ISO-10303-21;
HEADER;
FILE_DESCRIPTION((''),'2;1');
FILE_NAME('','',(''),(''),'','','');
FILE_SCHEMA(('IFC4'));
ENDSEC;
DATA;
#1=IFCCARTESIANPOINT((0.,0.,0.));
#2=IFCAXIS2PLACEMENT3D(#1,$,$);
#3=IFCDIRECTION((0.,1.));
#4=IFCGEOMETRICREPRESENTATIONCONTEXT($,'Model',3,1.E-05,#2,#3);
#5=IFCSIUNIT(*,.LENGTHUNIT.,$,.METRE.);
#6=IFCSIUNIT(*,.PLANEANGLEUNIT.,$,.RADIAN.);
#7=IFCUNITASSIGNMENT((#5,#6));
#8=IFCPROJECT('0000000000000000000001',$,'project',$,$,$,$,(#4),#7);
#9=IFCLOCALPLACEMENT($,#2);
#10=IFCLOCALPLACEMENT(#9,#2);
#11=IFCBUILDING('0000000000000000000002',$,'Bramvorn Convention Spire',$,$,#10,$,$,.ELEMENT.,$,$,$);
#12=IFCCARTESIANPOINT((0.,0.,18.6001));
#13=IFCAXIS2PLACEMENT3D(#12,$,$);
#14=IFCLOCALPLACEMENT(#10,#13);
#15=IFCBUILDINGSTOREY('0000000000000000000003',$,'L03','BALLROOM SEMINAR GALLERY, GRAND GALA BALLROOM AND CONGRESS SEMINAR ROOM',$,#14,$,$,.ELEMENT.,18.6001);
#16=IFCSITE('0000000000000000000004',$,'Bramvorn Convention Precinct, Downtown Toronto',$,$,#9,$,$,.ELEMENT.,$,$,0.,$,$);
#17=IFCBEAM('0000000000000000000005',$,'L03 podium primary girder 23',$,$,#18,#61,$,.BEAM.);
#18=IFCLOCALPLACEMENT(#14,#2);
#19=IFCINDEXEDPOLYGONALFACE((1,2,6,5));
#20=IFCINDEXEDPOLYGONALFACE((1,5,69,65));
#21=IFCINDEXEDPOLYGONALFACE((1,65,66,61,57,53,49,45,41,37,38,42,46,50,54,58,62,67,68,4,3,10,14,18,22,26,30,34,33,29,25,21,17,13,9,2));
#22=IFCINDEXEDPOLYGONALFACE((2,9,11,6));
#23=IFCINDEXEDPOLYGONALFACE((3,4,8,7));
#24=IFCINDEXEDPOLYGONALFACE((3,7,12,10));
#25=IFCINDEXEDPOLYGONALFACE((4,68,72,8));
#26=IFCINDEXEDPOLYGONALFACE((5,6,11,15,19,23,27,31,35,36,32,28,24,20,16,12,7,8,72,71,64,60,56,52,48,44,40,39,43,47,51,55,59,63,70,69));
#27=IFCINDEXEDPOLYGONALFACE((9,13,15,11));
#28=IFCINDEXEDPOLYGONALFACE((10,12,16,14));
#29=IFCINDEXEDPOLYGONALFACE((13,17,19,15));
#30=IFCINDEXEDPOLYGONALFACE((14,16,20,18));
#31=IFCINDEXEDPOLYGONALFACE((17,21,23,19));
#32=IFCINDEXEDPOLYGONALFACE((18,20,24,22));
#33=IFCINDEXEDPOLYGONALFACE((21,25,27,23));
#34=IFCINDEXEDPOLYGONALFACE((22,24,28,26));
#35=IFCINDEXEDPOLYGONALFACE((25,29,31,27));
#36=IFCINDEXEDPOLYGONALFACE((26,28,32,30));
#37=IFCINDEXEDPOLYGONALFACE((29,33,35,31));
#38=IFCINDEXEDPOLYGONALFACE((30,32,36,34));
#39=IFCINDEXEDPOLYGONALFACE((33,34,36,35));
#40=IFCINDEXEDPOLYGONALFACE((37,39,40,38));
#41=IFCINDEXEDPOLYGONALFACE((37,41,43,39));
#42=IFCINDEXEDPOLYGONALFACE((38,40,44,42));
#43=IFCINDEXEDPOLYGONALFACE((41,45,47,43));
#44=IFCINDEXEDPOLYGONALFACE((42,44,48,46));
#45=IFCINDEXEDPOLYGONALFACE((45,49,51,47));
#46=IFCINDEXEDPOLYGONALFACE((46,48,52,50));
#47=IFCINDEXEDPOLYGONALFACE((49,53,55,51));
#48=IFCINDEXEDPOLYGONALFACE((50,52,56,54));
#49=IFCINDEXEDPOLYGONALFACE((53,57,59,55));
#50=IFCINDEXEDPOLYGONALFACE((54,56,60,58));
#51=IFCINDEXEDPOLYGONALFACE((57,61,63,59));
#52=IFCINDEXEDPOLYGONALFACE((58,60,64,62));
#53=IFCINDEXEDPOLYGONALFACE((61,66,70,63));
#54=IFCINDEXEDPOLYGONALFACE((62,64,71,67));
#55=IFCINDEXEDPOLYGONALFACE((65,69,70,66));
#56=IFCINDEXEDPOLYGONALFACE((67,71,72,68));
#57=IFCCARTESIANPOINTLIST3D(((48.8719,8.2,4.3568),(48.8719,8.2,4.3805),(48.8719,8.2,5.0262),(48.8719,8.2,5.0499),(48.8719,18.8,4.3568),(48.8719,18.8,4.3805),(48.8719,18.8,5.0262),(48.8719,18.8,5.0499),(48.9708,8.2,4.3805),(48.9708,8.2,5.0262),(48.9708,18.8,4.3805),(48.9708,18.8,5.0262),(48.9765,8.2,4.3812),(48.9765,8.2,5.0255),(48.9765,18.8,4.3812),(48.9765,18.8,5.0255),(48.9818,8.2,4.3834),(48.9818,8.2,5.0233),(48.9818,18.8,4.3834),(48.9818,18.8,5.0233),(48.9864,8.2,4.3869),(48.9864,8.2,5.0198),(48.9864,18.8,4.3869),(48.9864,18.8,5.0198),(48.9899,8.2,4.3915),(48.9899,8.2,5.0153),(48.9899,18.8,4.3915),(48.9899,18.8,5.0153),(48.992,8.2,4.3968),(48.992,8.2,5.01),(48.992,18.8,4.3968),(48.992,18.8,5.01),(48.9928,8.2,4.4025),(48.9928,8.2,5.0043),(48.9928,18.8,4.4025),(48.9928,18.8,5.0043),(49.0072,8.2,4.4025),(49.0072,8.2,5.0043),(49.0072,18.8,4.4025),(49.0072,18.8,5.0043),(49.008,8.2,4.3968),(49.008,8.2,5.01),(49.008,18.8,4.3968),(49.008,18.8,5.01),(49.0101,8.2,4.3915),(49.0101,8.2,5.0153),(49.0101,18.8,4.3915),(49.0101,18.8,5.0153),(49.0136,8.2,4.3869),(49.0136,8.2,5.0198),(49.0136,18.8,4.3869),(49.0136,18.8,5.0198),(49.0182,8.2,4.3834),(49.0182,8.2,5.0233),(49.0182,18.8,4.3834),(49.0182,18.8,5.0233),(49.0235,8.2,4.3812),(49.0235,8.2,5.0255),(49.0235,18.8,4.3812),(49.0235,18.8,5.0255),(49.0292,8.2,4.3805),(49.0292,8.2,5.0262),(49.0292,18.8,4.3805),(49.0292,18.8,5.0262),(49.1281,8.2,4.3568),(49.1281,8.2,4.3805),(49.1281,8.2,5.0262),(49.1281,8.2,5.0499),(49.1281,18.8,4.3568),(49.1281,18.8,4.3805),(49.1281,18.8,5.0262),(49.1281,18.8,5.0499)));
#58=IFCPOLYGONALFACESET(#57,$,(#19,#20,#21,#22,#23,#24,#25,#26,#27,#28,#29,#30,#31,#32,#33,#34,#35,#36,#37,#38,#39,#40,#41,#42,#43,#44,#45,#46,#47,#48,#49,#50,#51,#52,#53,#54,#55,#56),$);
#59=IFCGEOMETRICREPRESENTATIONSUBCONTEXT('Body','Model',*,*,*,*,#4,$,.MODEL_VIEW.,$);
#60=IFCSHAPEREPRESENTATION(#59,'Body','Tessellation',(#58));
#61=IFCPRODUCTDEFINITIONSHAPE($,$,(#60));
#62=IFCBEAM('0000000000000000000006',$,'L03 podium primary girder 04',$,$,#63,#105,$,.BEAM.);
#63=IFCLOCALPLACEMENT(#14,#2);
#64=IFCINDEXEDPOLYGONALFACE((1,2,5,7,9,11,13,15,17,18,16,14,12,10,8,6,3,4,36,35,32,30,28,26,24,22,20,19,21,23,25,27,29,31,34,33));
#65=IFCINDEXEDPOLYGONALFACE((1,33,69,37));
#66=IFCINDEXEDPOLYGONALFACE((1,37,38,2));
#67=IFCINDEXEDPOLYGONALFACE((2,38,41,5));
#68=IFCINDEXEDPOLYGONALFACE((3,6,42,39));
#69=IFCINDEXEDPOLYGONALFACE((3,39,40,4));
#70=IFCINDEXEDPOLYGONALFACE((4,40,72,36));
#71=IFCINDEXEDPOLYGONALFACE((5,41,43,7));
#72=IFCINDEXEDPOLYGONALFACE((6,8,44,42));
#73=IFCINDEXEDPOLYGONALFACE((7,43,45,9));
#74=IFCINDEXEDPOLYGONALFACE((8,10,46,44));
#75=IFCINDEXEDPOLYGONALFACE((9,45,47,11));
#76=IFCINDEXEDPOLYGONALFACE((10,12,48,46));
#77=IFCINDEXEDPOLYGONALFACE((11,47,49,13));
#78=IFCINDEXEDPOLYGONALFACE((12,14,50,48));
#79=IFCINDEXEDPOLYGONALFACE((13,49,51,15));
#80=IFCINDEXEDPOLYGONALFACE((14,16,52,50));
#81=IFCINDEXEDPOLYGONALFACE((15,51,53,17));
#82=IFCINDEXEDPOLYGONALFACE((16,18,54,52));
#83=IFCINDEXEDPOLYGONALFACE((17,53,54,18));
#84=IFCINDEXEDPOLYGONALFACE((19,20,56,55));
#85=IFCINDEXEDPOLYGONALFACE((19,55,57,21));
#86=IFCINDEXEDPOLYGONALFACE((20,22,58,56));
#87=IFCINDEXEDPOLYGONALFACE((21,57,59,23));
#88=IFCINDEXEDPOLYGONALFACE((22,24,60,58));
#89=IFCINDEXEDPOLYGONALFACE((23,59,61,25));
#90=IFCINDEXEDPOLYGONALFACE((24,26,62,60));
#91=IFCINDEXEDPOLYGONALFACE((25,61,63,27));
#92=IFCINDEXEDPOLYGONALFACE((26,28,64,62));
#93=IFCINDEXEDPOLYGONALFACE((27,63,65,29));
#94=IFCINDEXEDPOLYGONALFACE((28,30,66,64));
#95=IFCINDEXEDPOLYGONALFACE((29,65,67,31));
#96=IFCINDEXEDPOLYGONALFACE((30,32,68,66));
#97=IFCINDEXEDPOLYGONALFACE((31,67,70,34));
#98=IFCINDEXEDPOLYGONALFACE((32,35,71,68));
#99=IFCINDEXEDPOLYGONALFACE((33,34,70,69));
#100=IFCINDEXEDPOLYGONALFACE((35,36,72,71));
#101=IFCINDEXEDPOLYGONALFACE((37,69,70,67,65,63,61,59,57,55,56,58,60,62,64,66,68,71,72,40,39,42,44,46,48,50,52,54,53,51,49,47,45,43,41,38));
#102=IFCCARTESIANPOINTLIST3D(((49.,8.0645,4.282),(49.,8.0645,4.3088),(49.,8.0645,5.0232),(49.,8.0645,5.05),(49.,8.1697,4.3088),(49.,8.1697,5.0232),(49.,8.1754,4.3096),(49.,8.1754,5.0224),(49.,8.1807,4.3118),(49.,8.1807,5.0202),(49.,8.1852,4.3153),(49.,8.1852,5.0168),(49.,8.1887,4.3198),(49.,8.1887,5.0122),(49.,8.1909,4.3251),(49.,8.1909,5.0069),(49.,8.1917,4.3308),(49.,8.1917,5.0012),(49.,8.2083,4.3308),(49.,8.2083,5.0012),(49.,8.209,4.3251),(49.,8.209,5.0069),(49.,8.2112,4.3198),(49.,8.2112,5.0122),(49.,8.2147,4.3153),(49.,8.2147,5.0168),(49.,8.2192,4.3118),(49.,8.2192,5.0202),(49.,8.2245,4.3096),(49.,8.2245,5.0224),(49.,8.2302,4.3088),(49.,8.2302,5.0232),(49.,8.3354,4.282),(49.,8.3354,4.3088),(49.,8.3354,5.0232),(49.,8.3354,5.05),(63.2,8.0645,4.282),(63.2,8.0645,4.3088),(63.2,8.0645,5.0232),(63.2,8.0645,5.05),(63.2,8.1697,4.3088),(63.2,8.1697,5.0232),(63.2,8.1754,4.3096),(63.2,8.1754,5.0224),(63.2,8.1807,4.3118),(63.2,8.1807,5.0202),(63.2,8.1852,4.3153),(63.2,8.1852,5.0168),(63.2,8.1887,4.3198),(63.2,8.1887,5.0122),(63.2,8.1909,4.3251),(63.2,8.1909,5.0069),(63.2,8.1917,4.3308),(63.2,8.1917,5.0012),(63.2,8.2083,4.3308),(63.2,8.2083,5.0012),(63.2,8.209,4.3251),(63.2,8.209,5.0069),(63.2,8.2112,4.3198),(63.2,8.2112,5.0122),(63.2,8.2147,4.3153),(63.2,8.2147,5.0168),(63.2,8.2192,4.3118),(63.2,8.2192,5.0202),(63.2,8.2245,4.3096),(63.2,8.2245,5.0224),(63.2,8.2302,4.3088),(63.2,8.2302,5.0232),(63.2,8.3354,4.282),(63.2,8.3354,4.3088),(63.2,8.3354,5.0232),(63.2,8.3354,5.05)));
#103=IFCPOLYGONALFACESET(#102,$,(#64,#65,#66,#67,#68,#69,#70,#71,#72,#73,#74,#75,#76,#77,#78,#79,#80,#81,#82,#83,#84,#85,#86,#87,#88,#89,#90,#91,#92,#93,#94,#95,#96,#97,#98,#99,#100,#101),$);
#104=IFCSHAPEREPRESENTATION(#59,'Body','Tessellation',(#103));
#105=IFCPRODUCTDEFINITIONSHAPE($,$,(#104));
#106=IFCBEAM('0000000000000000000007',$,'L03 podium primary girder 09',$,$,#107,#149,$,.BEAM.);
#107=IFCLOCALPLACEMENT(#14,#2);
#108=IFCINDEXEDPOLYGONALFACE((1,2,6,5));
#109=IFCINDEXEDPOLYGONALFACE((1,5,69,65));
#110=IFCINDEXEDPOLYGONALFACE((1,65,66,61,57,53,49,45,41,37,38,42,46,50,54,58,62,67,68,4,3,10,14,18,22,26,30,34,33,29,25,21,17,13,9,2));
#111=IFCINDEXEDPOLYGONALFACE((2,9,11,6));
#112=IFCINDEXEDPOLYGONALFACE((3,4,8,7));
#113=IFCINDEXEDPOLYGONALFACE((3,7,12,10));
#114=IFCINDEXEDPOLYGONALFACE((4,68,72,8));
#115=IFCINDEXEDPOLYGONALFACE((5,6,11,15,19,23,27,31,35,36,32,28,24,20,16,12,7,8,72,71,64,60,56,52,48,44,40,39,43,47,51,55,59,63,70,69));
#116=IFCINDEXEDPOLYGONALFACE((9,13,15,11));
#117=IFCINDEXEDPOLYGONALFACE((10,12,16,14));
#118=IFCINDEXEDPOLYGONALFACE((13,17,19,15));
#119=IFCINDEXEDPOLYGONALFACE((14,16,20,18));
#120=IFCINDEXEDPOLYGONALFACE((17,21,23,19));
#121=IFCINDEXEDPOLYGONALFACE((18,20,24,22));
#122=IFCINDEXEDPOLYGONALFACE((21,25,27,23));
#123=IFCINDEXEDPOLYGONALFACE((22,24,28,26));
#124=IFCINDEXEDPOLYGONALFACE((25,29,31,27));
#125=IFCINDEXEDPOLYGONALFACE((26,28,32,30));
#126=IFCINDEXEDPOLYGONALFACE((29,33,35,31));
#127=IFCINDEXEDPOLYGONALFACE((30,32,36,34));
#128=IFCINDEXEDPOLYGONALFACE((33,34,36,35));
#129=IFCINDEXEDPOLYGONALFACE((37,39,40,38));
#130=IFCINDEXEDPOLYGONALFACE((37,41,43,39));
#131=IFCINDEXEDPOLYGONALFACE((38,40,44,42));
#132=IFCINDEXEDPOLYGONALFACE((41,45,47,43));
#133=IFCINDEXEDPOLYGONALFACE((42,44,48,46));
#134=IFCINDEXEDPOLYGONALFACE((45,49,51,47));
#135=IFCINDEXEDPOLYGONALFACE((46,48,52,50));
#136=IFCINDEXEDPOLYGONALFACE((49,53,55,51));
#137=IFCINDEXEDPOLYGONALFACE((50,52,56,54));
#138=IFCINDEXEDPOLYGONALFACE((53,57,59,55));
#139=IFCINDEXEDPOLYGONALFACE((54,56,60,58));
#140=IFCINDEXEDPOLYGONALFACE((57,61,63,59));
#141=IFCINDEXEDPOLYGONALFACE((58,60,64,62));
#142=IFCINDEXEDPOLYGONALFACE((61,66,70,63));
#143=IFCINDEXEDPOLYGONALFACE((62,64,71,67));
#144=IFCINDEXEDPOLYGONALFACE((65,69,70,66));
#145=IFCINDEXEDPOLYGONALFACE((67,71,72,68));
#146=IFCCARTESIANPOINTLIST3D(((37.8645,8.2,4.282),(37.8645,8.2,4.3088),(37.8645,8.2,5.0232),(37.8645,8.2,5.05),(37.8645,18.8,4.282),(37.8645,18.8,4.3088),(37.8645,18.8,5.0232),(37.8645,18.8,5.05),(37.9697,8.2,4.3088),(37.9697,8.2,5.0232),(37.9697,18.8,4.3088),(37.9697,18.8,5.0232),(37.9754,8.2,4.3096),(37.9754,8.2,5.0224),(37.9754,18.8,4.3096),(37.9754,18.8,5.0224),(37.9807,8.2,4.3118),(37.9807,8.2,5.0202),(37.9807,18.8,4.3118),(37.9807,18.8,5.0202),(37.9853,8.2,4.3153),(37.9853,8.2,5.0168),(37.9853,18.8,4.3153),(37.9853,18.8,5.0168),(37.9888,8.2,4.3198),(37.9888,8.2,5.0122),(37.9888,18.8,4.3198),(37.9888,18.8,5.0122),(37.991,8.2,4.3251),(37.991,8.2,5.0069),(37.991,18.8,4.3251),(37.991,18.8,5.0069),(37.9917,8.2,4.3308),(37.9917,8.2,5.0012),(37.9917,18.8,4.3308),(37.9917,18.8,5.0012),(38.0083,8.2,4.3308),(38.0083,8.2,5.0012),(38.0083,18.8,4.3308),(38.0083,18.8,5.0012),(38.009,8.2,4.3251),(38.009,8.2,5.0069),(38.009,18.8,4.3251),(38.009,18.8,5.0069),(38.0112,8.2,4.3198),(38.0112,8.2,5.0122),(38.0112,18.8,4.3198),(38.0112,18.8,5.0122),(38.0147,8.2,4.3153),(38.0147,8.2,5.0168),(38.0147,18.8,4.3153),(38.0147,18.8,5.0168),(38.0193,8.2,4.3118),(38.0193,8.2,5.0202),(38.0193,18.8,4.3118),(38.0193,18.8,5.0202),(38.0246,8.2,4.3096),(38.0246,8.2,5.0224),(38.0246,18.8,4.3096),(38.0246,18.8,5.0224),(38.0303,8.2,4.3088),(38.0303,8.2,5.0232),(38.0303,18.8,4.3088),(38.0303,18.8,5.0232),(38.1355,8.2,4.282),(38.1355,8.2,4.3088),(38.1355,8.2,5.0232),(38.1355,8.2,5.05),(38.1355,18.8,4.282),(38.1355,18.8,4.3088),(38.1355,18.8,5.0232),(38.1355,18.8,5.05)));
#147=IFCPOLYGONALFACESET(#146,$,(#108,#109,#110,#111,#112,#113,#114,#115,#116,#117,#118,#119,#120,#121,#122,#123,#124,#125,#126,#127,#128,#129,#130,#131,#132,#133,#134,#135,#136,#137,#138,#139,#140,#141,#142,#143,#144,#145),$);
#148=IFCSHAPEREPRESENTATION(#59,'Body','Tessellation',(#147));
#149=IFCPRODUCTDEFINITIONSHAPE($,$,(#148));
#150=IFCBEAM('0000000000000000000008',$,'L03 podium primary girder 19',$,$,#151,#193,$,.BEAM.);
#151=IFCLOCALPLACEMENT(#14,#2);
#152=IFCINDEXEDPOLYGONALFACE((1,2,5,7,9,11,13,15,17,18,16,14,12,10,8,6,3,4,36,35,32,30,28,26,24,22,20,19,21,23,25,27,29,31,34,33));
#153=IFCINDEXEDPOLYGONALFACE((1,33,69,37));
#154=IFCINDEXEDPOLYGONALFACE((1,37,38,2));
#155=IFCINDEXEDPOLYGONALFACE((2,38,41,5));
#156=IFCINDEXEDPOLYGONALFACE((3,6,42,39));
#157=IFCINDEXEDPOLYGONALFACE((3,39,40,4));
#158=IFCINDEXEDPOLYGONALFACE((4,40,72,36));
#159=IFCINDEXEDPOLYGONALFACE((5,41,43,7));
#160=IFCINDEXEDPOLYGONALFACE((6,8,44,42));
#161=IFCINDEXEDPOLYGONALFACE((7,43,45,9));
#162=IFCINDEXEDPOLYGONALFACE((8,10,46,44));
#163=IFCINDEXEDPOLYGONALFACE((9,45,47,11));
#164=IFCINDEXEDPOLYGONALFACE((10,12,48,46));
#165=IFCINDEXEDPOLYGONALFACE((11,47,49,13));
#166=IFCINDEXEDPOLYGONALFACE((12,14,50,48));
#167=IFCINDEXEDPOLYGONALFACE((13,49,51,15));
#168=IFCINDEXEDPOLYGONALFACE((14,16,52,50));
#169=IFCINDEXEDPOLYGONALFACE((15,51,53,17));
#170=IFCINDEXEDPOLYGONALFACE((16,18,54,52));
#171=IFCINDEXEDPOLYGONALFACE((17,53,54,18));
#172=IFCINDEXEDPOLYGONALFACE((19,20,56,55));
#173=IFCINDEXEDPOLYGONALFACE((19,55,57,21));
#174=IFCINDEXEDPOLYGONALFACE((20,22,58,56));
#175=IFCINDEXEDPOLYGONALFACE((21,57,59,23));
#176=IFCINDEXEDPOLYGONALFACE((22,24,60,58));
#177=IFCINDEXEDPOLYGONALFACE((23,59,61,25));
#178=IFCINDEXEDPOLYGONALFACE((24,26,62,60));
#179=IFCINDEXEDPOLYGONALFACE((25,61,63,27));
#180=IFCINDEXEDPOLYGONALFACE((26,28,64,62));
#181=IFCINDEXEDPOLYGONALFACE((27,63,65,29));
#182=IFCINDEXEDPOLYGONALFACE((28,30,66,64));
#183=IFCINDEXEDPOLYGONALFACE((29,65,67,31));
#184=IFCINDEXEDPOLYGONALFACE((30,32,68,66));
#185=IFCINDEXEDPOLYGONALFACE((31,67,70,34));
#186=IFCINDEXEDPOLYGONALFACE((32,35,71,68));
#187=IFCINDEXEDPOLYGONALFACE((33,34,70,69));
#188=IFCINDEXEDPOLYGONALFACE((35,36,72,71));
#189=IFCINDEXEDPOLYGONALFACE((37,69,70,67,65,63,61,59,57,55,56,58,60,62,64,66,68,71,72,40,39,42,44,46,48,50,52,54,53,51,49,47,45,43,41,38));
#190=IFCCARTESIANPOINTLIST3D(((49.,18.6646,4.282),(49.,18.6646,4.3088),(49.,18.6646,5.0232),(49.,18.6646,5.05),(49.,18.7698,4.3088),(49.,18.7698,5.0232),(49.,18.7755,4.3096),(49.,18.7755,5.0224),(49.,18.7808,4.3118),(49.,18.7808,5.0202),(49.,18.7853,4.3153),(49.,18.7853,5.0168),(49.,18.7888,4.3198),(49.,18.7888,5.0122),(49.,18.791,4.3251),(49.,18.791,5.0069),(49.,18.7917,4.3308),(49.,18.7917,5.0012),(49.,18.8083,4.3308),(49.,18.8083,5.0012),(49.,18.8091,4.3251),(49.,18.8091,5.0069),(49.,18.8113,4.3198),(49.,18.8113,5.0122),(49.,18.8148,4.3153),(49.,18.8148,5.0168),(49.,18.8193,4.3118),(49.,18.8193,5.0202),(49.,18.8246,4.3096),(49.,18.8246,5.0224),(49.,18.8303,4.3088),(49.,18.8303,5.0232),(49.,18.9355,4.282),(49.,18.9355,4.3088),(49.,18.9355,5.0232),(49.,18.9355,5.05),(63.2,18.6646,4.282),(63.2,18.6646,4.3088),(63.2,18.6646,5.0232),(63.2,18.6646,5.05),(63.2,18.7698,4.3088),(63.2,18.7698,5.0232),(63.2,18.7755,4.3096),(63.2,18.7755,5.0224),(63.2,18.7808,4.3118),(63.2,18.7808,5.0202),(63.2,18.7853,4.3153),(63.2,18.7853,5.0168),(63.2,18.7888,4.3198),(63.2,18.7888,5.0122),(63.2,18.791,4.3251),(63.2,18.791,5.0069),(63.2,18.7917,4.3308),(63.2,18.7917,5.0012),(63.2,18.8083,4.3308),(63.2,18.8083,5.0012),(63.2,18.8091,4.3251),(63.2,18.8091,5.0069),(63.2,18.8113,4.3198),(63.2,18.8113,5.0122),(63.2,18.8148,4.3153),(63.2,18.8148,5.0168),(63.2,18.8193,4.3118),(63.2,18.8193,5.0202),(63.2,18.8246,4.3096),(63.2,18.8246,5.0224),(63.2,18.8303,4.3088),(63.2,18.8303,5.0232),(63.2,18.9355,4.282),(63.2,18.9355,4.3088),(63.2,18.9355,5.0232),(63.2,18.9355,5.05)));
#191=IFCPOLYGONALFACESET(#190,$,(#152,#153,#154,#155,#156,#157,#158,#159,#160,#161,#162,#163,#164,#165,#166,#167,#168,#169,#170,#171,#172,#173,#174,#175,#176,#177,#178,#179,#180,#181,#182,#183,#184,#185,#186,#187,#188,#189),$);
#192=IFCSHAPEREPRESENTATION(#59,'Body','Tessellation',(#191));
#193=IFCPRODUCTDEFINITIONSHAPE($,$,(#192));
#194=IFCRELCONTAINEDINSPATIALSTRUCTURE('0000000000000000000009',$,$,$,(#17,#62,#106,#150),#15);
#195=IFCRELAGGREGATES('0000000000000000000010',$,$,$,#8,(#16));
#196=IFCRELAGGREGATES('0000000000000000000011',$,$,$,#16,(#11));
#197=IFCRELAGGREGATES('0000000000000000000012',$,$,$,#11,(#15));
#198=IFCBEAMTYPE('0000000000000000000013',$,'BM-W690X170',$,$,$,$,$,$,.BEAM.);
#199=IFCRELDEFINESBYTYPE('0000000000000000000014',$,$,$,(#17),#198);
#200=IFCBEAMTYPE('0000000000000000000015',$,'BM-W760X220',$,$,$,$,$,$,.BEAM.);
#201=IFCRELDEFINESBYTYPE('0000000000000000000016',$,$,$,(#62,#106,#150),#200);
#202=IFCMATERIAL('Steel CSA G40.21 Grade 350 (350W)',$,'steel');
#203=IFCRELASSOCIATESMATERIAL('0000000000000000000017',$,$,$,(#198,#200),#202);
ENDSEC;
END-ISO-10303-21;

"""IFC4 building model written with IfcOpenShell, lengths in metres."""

from ifc_helpers import new_model, si_unit, direction, frame, origin, origin_2d, place, context, subcontext, project, spatial, i_section, extrude, material, material_profile, profile_set, type_object, element, save


model = new_model("IFC4")

# Units and contexts
model_context = context("Model", 3, precision=1e-05, world=origin(), true_north=direction((0.0, 1.0)))
body_context = subcontext(model_context, "Body", "Model", "MODEL_VIEW")
ifc_project = project(units=[si_unit("LENGTHUNIT", "METRE"), si_unit("PLANEANGLEUNIT", "RADIAN")], contexts=[model_context])

# Site, building, storey
site_placement = place(None, origin())
site = spatial("IfcSite", under=ifc_project, at=site_placement, Name="Bramvorn Convention Precinct, Downtown Toronto", CompositionType="ELEMENT", RefElevation=0.0)
building_placement = place(site_placement, origin())
building = spatial("IfcBuilding", under=site, at=building_placement, Name="Bramvorn Convention Spire", CompositionType="ELEMENT")
storey_placement = place(building_placement, frame((0.0, 0.0, 18.6001)))
storey = spatial("IfcBuildingStorey", under=building, at=storey_placement, Name="L03", Description="BALLROOM SEMINAR GALLERY, GRAND GALA BALLROOM AND CONGRESS SEMINAR ROOM", CompositionType="ELEMENT", Elevation=18.6001)

# Shared definitions
ifc_material_1 = material(Name="Steel CSA G40.21 Grade 350 (350W)", Category="steel")

# Beams
ifc_material_profile_1 = material_profile(ifc_material_1, i_section(OverallWidth=0.2561, OverallDepth=0.6931, WebThickness=0.0144, FlangeThickness=0.0237, FilletRadius=0.022, at=origin_2d()))
ifc_profile_set_1 = profile_set([ifc_material_profile_1], Name="Steel CSA G40.21 Grade 350 (350W) - W690X170")
beam_type_1 = type_object("IfcBeamType", Name="BM-W690X170", PredefinedType="BEAM", material=ifc_profile_set_1)
beam_1_placement = place(storey_placement, frame((49.0, 8.2, 4.7034), z_axis=(0.0, 1.0, 0.0), x_axis=(-1.0, 0.0, 0.0)))
element("IfcBeam", 1, at=beam_1_placement, inside=storey, type_object=beam_type_1, Name="L03 podium primary girder 23", PredefinedType="BEAM", context=body_context, shape_type="SweptSolid", body=[
    extrude(i_section(OverallWidth=0.2561, OverallDepth=0.6931, WebThickness=0.0144, FlangeThickness=0.0237, FilletRadius=0.022, at=origin_2d()), origin(), (0.0, 0.0, 1.0), 10.6001),
])
ifc_material_profile_2 = material_profile(ifc_material_1, i_section(OverallWidth=0.271, OverallDepth=0.7681, WebThickness=0.0166, FlangeThickness=0.0269, FilletRadius=0.022, at=origin_2d()))
ifc_profile_set_2 = profile_set([ifc_material_profile_2], Name="Steel CSA G40.21 Grade 350 (350W) - W760X220")
beam_type_2 = type_object("IfcBeamType", Name="BM-W760X220", PredefinedType="BEAM", material=ifc_profile_set_2)
beam_2_placement = place(storey_placement, frame((49.0, 8.2, 4.666), z_axis=(1.0, 0.0, 0.0), x_axis=(0.0, 1.0, 0.0)))
element("IfcBeam", 2, at=beam_2_placement, inside=storey, type_object=beam_type_2, Name="L03 podium primary girder 04", PredefinedType="BEAM", context=body_context, shape_type="SweptSolid", body=[
    extrude(i_section(OverallWidth=0.271, OverallDepth=0.7681, WebThickness=0.0166, FlangeThickness=0.0269, FilletRadius=0.022, at=origin_2d()), origin(), (0.0, 0.0, 1.0), 14.2),
])
beam_3_placement = place(storey_placement, frame((38.0, 8.2, 4.666), z_axis=(0.0, 1.0, 0.0), x_axis=(-1.0, 0.0, 0.0)))
element("IfcBeam", 3, at=beam_3_placement, inside=storey, type_object=beam_type_2, Name="L03 podium primary girder 09", PredefinedType="BEAM", context=body_context, shape_type="SweptSolid", body=[
    extrude(i_section(OverallWidth=0.271, OverallDepth=0.7681, WebThickness=0.0166, FlangeThickness=0.0269, FilletRadius=0.022, at=origin_2d()), origin(), (0.0, 0.0, 1.0), 10.6001),
])
beam_4_placement = place(storey_placement, frame((49.0, 18.8, 4.666), z_axis=(1.0, 0.0, 0.0), x_axis=(0.0, 1.0, 0.0)))
element("IfcBeam", 4, at=beam_4_placement, inside=storey, type_object=beam_type_2, Name="L03 podium primary girder 19", PredefinedType="BEAM", context=body_context, shape_type="SweptSolid", body=[
    extrude(i_section(OverallWidth=0.271, OverallDepth=0.7681, WebThickness=0.0166, FlangeThickness=0.0269, FilletRadius=0.022, at=origin_2d()), origin(), (0.0, 0.0, 1.0), 14.2),
])

save(model, "model.ifc")
